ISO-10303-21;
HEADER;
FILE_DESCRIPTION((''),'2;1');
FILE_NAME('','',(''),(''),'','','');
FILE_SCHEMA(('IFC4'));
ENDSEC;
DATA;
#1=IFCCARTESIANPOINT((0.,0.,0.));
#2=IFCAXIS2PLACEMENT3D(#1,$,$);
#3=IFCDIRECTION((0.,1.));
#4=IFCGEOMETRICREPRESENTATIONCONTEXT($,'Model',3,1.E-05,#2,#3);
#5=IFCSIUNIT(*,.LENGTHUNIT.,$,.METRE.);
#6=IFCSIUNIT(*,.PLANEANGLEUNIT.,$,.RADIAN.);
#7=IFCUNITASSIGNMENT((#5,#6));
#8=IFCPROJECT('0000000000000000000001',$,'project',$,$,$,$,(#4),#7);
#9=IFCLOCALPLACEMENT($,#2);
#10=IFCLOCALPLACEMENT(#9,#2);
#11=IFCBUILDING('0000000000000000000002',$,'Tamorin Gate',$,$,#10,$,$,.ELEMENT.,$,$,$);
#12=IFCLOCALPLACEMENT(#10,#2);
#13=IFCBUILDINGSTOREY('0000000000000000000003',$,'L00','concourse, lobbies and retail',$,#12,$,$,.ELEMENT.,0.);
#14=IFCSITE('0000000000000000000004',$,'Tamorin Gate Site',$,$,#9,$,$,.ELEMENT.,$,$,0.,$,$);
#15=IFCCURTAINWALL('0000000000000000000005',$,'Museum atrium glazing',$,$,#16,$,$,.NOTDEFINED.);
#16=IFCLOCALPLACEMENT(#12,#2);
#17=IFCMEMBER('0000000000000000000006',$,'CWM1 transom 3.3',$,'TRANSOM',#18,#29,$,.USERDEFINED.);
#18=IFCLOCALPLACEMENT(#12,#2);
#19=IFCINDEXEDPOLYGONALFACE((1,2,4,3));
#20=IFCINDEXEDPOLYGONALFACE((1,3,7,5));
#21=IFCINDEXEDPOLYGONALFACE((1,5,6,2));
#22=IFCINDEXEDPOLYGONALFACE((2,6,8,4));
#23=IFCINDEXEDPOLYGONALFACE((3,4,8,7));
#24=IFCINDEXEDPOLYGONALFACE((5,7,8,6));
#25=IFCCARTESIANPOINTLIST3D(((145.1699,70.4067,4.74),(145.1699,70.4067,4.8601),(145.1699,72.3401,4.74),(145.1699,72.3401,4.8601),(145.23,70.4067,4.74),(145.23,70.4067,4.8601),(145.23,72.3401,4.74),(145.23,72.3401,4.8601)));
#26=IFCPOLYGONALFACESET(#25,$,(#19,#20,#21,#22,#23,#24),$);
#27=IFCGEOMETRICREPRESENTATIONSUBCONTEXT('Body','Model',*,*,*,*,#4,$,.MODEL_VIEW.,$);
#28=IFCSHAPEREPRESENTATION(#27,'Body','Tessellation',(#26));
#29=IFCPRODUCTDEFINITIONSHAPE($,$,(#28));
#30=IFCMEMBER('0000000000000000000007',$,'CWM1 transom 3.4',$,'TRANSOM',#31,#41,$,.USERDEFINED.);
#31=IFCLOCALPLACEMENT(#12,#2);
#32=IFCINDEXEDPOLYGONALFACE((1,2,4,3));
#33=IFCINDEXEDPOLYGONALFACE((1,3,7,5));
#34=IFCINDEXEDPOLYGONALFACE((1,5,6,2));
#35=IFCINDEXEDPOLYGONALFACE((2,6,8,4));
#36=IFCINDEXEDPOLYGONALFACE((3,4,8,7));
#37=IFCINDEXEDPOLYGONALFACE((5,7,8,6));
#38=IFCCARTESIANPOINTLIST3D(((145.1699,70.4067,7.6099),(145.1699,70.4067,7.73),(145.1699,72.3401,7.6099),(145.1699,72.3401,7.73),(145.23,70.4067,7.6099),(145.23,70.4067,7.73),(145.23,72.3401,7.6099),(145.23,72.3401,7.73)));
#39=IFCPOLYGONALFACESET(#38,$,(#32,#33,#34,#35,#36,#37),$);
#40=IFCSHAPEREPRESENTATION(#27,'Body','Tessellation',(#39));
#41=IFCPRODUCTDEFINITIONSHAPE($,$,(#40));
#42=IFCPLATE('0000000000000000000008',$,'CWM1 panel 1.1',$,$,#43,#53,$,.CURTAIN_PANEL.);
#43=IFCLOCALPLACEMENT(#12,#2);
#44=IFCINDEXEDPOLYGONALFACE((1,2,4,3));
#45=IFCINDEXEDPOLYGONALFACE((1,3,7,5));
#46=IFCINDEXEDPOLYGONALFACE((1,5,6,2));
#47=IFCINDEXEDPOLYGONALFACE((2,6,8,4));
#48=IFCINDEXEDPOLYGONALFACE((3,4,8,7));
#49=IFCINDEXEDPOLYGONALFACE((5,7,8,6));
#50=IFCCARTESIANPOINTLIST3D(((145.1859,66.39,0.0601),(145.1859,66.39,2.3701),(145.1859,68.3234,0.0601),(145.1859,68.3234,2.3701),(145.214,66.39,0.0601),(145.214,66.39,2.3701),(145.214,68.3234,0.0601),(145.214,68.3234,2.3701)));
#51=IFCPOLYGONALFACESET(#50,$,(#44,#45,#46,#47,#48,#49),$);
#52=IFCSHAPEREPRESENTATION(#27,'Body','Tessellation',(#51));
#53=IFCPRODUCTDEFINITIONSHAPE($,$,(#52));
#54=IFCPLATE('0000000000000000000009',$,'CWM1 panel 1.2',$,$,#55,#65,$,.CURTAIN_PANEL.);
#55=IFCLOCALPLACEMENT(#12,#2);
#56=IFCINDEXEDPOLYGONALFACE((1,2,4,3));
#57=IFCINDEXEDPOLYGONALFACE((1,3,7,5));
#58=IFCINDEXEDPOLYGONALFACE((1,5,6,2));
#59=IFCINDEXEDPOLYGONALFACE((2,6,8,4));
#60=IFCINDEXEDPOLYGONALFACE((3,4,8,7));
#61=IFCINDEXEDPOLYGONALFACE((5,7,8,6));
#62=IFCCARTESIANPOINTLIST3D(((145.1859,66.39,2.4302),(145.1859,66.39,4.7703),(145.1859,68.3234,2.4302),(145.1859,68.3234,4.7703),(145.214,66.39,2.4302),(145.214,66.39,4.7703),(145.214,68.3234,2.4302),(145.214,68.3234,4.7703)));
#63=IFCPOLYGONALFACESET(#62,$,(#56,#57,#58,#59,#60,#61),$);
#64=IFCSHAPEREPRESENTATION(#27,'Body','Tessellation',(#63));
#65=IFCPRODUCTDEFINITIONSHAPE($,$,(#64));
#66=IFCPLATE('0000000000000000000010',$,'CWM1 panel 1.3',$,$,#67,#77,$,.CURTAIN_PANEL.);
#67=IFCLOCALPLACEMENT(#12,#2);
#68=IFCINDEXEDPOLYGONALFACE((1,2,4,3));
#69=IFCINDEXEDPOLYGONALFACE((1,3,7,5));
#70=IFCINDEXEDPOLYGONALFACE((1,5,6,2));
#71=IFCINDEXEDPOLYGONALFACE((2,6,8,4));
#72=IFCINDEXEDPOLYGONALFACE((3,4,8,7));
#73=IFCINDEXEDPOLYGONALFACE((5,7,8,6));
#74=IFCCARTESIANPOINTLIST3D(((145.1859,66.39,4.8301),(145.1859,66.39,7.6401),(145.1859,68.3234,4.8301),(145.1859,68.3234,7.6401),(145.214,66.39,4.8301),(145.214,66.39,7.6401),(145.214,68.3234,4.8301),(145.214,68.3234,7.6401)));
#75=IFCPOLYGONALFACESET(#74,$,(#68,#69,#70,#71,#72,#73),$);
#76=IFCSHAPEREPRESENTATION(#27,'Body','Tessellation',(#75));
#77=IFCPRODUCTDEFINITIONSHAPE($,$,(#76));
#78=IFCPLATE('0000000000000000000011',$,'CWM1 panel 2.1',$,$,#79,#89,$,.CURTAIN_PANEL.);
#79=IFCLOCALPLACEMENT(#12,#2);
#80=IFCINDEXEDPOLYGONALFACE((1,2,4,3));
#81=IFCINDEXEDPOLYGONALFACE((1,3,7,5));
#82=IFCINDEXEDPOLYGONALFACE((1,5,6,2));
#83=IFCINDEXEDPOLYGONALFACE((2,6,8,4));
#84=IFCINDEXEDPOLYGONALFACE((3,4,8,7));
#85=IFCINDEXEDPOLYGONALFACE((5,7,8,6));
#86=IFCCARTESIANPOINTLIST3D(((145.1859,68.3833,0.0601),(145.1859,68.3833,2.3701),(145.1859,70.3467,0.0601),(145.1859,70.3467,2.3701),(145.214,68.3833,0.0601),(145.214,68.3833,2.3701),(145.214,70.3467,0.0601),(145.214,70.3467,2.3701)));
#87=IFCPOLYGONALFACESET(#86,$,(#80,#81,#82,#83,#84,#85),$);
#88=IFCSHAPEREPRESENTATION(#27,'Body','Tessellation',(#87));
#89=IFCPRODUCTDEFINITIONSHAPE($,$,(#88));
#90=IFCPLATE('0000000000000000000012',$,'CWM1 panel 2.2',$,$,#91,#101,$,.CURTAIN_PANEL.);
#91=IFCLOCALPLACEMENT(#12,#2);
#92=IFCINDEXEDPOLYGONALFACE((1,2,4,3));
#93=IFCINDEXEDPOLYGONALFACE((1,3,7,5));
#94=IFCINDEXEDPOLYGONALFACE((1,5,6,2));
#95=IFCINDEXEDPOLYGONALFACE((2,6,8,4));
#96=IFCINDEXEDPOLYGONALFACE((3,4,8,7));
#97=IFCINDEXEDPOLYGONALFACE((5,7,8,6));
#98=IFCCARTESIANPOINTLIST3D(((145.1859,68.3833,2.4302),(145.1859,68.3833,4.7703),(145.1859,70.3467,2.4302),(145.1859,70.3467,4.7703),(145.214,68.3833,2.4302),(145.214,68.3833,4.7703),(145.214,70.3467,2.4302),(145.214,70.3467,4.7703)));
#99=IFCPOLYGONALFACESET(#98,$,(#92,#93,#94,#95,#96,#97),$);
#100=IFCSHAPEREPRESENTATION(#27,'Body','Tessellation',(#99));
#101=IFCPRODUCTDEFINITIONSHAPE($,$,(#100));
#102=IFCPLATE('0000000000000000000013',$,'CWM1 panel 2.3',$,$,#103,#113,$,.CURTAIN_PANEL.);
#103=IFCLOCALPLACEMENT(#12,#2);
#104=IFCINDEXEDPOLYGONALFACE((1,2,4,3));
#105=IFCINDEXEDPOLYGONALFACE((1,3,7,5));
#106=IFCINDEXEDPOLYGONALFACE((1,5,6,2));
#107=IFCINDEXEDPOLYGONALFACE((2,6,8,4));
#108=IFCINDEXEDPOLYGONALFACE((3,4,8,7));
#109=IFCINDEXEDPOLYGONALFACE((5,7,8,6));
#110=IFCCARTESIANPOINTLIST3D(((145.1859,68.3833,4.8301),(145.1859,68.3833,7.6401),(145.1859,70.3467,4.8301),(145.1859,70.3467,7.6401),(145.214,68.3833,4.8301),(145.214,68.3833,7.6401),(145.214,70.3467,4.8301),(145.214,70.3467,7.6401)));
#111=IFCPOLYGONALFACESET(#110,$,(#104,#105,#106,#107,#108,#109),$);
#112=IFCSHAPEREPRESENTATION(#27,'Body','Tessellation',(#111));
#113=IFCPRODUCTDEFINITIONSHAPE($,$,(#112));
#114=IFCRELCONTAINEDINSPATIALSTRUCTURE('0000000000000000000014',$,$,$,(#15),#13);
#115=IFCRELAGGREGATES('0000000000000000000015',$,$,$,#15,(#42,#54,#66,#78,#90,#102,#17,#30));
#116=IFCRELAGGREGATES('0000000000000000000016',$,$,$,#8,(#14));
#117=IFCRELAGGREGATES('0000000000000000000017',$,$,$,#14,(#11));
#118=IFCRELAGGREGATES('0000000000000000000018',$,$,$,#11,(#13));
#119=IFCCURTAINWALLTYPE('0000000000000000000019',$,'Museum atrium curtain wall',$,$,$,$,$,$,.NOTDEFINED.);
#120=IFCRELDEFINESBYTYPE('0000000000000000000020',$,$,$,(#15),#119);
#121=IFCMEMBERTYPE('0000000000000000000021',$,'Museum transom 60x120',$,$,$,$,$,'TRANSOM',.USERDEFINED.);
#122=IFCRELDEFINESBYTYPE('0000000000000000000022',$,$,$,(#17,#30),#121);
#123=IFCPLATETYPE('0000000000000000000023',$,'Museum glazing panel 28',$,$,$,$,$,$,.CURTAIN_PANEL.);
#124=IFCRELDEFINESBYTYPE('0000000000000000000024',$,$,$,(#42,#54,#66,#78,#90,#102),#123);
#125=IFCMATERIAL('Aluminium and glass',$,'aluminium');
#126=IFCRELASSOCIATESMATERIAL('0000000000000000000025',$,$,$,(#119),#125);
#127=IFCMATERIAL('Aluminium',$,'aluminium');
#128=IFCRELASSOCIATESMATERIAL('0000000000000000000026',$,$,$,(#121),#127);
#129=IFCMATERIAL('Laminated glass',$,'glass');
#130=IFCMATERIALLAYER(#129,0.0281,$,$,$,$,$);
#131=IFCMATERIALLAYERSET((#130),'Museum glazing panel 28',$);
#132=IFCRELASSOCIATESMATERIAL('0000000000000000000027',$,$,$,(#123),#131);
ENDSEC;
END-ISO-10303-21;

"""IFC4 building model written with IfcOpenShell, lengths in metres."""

from ifc_helpers import new_model, si_unit, direction, frame, origin, origin_2d, place, context, subcontext, project, spatial, rectangle, extrude, material, layer, layer_set, material_profile, profile_set, type_object, element, aggregate, save


model = new_model("IFC4")

# Units and contexts
model_context = context("Model", 3, precision=1e-05, world=origin(), true_north=direction((0.0, 1.0)))
body_context = subcontext(model_context, "Body", "Model", "MODEL_VIEW")
ifc_project = project(units=[si_unit("LENGTHUNIT", "METRE"), si_unit("PLANEANGLEUNIT", "RADIAN")], contexts=[model_context])

# Site, building, storey
site_placement = place(None, origin())
site = spatial("IfcSite", under=ifc_project, at=site_placement, Name="Tamorin Gate Site", CompositionType="ELEMENT", RefElevation=0.0)
building_placement = place(site_placement, origin())
building = spatial("IfcBuilding", under=site, at=building_placement, Name="Tamorin Gate", CompositionType="ELEMENT")
storey_placement = place(building_placement, origin())
storey = spatial("IfcBuildingStorey", under=building, at=storey_placement, Name="L00", Description="concourse, lobbies and retail", CompositionType="ELEMENT", Elevation=0.0)

# Curtain wall, members, plates
ifc_material_1 = material(Name="Aluminium and glass", Category="aluminium")
curtain_wall_type = type_object("IfcCurtainWallType", Name="Museum atrium curtain wall", PredefinedType="NOTDEFINED", material=ifc_material_1)
curtain_wall_placement = place(storey_placement, origin())
curtain_wall = element("IfcCurtainWall", 1, at=curtain_wall_placement, inside=storey, type_object=curtain_wall_type, Name="Museum atrium glazing", PredefinedType="NOTDEFINED")
ifc_material_2 = material(Name="Aluminium", Category="aluminium")
ifc_material_profile_1 = material_profile(ifc_material_2, rectangle(XDim=0.0601, YDim=0.1201, at=origin_2d()), Name="RECT 60x120")
ifc_profile_set_1 = profile_set([ifc_material_profile_1], Name="Aluminium")
member_type_1 = type_object("IfcMemberType", Name="Museum transom 60x120", ElementType="TRANSOM", PredefinedType="USERDEFINED", material=ifc_profile_set_1)
member_1_placement = place(storey_placement, frame((145.2, 70.4067, 4.8), z_axis=(0.0, 1.0, 0.0), x_axis=(-1.0, 0.0, 0.0)))
member_1 = element("IfcMember", 2, at=member_1_placement, type_object=member_type_1, Name="CWM1 transom 3.3", ObjectType="TRANSOM", PredefinedType="USERDEFINED", context=body_context, shape_type="SweptSolid", body=[
    extrude(rectangle(XDim=0.0601, YDim=0.1201, at=origin_2d()), origin(), (0.0, 0.0, 1.0), 1.9333),
])
member_2_placement = place(storey_placement, frame((145.2, 70.4067, 7.6699), z_axis=(0.0, 1.0, 0.0), x_axis=(-1.0, 0.0, 0.0)))
member_2 = element("IfcMember", 3, at=member_2_placement, type_object=member_type_1, Name="CWM1 transom 3.4", ObjectType="TRANSOM", PredefinedType="USERDEFINED", context=body_context, shape_type="SweptSolid", body=[
    extrude(rectangle(XDim=0.0601, YDim=0.1201, at=origin_2d()), origin(), (0.0, 0.0, 1.0), 1.9333),
])
ifc_material_3 = material(Name="Laminated glass", Category="glass")
ifc_layer = layer(ifc_material_3, 0.0281)
ifc_layer_set = layer_set([ifc_layer], Name="Museum glazing panel 28")
plate_type = type_object("IfcPlateType", Name="Museum glazing panel 28", PredefinedType="CURTAIN_PANEL", material=ifc_layer_set)
plate_1_placement = place(storey_placement, frame((145.2, 67.3567, 0.0601), z_axis=(0.0, 0.0, 1.0), x_axis=(0.0, 1.0, 0.0)))
plate_1 = element("IfcPlate", 4, at=plate_1_placement, type_object=plate_type, Name="CWM1 panel 1.1", PredefinedType="CURTAIN_PANEL", context=body_context, shape_type="SweptSolid", body=[
    extrude(rectangle(XDim=1.9333, YDim=0.0281, at=origin_2d()), origin(), (0.0, 0.0, 1.0), 2.3101),
])
plate_2_placement = place(storey_placement, frame((145.2, 67.3567, 2.4302), z_axis=(0.0, 0.0, 1.0), x_axis=(0.0, 1.0, 0.0)))
plate_2 = element("IfcPlate", 5, at=plate_2_placement, type_object=plate_type, Name="CWM1 panel 1.2", PredefinedType="CURTAIN_PANEL", context=body_context, shape_type="SweptSolid", body=[
    extrude(rectangle(XDim=1.9333, YDim=0.0281, at=origin_2d()), origin(), (0.0, 0.0, 1.0), 2.3401),
])
plate_3_placement = place(storey_placement, frame((145.2, 67.3567, 4.8301), z_axis=(0.0, 0.0, 1.0), x_axis=(0.0, 1.0, 0.0)))
plate_3 = element("IfcPlate", 6, at=plate_3_placement, type_object=plate_type, Name="CWM1 panel 1.3", PredefinedType="CURTAIN_PANEL", context=body_context, shape_type="SweptSolid", body=[
    extrude(rectangle(XDim=1.9333, YDim=0.0281, at=origin_2d()), origin(), (0.0, 0.0, 1.0), 2.8101),
])
plate_4_placement = place(storey_placement, frame((145.2, 69.365, 0.0601), z_axis=(0.0, 0.0, 1.0), x_axis=(0.0, 1.0, 0.0)))
plate_4 = element("IfcPlate", 7, at=plate_4_placement, type_object=plate_type, Name="CWM1 panel 2.1", PredefinedType="CURTAIN_PANEL", context=body_context, shape_type="SweptSolid", body=[
    extrude(rectangle(XDim=1.9634, YDim=0.0281, at=origin_2d()), origin(), (0.0, 0.0, 1.0), 2.3101),
])
plate_5_placement = place(storey_placement, frame((145.2, 69.365, 2.4302), z_axis=(0.0, 0.0, 1.0), x_axis=(0.0, 1.0, 0.0)))
plate_5 = element("IfcPlate", 8, at=plate_5_placement, type_object=plate_type, Name="CWM1 panel 2.2", PredefinedType="CURTAIN_PANEL", context=body_context, shape_type="SweptSolid", body=[
    extrude(rectangle(XDim=1.9634, YDim=0.0281, at=origin_2d()), origin(), (0.0, 0.0, 1.0), 2.3401),
])
plate_6_placement = place(storey_placement, frame((145.2, 69.365, 4.8301), z_axis=(0.0, 0.0, 1.0), x_axis=(0.0, 1.0, 0.0)))
plate_6 = element("IfcPlate", 9, at=plate_6_placement, type_object=plate_type, Name="CWM1 panel 2.3", PredefinedType="CURTAIN_PANEL", context=body_context, shape_type="SweptSolid", body=[
    extrude(rectangle(XDim=1.9634, YDim=0.0281, at=origin_2d()), origin(), (0.0, 0.0, 1.0), 2.8101),
])
aggregate(curtain_wall, [plate_1, plate_2, plate_3, plate_4, plate_5, plate_6, member_1, member_2])

save(model, "model.ifc")
